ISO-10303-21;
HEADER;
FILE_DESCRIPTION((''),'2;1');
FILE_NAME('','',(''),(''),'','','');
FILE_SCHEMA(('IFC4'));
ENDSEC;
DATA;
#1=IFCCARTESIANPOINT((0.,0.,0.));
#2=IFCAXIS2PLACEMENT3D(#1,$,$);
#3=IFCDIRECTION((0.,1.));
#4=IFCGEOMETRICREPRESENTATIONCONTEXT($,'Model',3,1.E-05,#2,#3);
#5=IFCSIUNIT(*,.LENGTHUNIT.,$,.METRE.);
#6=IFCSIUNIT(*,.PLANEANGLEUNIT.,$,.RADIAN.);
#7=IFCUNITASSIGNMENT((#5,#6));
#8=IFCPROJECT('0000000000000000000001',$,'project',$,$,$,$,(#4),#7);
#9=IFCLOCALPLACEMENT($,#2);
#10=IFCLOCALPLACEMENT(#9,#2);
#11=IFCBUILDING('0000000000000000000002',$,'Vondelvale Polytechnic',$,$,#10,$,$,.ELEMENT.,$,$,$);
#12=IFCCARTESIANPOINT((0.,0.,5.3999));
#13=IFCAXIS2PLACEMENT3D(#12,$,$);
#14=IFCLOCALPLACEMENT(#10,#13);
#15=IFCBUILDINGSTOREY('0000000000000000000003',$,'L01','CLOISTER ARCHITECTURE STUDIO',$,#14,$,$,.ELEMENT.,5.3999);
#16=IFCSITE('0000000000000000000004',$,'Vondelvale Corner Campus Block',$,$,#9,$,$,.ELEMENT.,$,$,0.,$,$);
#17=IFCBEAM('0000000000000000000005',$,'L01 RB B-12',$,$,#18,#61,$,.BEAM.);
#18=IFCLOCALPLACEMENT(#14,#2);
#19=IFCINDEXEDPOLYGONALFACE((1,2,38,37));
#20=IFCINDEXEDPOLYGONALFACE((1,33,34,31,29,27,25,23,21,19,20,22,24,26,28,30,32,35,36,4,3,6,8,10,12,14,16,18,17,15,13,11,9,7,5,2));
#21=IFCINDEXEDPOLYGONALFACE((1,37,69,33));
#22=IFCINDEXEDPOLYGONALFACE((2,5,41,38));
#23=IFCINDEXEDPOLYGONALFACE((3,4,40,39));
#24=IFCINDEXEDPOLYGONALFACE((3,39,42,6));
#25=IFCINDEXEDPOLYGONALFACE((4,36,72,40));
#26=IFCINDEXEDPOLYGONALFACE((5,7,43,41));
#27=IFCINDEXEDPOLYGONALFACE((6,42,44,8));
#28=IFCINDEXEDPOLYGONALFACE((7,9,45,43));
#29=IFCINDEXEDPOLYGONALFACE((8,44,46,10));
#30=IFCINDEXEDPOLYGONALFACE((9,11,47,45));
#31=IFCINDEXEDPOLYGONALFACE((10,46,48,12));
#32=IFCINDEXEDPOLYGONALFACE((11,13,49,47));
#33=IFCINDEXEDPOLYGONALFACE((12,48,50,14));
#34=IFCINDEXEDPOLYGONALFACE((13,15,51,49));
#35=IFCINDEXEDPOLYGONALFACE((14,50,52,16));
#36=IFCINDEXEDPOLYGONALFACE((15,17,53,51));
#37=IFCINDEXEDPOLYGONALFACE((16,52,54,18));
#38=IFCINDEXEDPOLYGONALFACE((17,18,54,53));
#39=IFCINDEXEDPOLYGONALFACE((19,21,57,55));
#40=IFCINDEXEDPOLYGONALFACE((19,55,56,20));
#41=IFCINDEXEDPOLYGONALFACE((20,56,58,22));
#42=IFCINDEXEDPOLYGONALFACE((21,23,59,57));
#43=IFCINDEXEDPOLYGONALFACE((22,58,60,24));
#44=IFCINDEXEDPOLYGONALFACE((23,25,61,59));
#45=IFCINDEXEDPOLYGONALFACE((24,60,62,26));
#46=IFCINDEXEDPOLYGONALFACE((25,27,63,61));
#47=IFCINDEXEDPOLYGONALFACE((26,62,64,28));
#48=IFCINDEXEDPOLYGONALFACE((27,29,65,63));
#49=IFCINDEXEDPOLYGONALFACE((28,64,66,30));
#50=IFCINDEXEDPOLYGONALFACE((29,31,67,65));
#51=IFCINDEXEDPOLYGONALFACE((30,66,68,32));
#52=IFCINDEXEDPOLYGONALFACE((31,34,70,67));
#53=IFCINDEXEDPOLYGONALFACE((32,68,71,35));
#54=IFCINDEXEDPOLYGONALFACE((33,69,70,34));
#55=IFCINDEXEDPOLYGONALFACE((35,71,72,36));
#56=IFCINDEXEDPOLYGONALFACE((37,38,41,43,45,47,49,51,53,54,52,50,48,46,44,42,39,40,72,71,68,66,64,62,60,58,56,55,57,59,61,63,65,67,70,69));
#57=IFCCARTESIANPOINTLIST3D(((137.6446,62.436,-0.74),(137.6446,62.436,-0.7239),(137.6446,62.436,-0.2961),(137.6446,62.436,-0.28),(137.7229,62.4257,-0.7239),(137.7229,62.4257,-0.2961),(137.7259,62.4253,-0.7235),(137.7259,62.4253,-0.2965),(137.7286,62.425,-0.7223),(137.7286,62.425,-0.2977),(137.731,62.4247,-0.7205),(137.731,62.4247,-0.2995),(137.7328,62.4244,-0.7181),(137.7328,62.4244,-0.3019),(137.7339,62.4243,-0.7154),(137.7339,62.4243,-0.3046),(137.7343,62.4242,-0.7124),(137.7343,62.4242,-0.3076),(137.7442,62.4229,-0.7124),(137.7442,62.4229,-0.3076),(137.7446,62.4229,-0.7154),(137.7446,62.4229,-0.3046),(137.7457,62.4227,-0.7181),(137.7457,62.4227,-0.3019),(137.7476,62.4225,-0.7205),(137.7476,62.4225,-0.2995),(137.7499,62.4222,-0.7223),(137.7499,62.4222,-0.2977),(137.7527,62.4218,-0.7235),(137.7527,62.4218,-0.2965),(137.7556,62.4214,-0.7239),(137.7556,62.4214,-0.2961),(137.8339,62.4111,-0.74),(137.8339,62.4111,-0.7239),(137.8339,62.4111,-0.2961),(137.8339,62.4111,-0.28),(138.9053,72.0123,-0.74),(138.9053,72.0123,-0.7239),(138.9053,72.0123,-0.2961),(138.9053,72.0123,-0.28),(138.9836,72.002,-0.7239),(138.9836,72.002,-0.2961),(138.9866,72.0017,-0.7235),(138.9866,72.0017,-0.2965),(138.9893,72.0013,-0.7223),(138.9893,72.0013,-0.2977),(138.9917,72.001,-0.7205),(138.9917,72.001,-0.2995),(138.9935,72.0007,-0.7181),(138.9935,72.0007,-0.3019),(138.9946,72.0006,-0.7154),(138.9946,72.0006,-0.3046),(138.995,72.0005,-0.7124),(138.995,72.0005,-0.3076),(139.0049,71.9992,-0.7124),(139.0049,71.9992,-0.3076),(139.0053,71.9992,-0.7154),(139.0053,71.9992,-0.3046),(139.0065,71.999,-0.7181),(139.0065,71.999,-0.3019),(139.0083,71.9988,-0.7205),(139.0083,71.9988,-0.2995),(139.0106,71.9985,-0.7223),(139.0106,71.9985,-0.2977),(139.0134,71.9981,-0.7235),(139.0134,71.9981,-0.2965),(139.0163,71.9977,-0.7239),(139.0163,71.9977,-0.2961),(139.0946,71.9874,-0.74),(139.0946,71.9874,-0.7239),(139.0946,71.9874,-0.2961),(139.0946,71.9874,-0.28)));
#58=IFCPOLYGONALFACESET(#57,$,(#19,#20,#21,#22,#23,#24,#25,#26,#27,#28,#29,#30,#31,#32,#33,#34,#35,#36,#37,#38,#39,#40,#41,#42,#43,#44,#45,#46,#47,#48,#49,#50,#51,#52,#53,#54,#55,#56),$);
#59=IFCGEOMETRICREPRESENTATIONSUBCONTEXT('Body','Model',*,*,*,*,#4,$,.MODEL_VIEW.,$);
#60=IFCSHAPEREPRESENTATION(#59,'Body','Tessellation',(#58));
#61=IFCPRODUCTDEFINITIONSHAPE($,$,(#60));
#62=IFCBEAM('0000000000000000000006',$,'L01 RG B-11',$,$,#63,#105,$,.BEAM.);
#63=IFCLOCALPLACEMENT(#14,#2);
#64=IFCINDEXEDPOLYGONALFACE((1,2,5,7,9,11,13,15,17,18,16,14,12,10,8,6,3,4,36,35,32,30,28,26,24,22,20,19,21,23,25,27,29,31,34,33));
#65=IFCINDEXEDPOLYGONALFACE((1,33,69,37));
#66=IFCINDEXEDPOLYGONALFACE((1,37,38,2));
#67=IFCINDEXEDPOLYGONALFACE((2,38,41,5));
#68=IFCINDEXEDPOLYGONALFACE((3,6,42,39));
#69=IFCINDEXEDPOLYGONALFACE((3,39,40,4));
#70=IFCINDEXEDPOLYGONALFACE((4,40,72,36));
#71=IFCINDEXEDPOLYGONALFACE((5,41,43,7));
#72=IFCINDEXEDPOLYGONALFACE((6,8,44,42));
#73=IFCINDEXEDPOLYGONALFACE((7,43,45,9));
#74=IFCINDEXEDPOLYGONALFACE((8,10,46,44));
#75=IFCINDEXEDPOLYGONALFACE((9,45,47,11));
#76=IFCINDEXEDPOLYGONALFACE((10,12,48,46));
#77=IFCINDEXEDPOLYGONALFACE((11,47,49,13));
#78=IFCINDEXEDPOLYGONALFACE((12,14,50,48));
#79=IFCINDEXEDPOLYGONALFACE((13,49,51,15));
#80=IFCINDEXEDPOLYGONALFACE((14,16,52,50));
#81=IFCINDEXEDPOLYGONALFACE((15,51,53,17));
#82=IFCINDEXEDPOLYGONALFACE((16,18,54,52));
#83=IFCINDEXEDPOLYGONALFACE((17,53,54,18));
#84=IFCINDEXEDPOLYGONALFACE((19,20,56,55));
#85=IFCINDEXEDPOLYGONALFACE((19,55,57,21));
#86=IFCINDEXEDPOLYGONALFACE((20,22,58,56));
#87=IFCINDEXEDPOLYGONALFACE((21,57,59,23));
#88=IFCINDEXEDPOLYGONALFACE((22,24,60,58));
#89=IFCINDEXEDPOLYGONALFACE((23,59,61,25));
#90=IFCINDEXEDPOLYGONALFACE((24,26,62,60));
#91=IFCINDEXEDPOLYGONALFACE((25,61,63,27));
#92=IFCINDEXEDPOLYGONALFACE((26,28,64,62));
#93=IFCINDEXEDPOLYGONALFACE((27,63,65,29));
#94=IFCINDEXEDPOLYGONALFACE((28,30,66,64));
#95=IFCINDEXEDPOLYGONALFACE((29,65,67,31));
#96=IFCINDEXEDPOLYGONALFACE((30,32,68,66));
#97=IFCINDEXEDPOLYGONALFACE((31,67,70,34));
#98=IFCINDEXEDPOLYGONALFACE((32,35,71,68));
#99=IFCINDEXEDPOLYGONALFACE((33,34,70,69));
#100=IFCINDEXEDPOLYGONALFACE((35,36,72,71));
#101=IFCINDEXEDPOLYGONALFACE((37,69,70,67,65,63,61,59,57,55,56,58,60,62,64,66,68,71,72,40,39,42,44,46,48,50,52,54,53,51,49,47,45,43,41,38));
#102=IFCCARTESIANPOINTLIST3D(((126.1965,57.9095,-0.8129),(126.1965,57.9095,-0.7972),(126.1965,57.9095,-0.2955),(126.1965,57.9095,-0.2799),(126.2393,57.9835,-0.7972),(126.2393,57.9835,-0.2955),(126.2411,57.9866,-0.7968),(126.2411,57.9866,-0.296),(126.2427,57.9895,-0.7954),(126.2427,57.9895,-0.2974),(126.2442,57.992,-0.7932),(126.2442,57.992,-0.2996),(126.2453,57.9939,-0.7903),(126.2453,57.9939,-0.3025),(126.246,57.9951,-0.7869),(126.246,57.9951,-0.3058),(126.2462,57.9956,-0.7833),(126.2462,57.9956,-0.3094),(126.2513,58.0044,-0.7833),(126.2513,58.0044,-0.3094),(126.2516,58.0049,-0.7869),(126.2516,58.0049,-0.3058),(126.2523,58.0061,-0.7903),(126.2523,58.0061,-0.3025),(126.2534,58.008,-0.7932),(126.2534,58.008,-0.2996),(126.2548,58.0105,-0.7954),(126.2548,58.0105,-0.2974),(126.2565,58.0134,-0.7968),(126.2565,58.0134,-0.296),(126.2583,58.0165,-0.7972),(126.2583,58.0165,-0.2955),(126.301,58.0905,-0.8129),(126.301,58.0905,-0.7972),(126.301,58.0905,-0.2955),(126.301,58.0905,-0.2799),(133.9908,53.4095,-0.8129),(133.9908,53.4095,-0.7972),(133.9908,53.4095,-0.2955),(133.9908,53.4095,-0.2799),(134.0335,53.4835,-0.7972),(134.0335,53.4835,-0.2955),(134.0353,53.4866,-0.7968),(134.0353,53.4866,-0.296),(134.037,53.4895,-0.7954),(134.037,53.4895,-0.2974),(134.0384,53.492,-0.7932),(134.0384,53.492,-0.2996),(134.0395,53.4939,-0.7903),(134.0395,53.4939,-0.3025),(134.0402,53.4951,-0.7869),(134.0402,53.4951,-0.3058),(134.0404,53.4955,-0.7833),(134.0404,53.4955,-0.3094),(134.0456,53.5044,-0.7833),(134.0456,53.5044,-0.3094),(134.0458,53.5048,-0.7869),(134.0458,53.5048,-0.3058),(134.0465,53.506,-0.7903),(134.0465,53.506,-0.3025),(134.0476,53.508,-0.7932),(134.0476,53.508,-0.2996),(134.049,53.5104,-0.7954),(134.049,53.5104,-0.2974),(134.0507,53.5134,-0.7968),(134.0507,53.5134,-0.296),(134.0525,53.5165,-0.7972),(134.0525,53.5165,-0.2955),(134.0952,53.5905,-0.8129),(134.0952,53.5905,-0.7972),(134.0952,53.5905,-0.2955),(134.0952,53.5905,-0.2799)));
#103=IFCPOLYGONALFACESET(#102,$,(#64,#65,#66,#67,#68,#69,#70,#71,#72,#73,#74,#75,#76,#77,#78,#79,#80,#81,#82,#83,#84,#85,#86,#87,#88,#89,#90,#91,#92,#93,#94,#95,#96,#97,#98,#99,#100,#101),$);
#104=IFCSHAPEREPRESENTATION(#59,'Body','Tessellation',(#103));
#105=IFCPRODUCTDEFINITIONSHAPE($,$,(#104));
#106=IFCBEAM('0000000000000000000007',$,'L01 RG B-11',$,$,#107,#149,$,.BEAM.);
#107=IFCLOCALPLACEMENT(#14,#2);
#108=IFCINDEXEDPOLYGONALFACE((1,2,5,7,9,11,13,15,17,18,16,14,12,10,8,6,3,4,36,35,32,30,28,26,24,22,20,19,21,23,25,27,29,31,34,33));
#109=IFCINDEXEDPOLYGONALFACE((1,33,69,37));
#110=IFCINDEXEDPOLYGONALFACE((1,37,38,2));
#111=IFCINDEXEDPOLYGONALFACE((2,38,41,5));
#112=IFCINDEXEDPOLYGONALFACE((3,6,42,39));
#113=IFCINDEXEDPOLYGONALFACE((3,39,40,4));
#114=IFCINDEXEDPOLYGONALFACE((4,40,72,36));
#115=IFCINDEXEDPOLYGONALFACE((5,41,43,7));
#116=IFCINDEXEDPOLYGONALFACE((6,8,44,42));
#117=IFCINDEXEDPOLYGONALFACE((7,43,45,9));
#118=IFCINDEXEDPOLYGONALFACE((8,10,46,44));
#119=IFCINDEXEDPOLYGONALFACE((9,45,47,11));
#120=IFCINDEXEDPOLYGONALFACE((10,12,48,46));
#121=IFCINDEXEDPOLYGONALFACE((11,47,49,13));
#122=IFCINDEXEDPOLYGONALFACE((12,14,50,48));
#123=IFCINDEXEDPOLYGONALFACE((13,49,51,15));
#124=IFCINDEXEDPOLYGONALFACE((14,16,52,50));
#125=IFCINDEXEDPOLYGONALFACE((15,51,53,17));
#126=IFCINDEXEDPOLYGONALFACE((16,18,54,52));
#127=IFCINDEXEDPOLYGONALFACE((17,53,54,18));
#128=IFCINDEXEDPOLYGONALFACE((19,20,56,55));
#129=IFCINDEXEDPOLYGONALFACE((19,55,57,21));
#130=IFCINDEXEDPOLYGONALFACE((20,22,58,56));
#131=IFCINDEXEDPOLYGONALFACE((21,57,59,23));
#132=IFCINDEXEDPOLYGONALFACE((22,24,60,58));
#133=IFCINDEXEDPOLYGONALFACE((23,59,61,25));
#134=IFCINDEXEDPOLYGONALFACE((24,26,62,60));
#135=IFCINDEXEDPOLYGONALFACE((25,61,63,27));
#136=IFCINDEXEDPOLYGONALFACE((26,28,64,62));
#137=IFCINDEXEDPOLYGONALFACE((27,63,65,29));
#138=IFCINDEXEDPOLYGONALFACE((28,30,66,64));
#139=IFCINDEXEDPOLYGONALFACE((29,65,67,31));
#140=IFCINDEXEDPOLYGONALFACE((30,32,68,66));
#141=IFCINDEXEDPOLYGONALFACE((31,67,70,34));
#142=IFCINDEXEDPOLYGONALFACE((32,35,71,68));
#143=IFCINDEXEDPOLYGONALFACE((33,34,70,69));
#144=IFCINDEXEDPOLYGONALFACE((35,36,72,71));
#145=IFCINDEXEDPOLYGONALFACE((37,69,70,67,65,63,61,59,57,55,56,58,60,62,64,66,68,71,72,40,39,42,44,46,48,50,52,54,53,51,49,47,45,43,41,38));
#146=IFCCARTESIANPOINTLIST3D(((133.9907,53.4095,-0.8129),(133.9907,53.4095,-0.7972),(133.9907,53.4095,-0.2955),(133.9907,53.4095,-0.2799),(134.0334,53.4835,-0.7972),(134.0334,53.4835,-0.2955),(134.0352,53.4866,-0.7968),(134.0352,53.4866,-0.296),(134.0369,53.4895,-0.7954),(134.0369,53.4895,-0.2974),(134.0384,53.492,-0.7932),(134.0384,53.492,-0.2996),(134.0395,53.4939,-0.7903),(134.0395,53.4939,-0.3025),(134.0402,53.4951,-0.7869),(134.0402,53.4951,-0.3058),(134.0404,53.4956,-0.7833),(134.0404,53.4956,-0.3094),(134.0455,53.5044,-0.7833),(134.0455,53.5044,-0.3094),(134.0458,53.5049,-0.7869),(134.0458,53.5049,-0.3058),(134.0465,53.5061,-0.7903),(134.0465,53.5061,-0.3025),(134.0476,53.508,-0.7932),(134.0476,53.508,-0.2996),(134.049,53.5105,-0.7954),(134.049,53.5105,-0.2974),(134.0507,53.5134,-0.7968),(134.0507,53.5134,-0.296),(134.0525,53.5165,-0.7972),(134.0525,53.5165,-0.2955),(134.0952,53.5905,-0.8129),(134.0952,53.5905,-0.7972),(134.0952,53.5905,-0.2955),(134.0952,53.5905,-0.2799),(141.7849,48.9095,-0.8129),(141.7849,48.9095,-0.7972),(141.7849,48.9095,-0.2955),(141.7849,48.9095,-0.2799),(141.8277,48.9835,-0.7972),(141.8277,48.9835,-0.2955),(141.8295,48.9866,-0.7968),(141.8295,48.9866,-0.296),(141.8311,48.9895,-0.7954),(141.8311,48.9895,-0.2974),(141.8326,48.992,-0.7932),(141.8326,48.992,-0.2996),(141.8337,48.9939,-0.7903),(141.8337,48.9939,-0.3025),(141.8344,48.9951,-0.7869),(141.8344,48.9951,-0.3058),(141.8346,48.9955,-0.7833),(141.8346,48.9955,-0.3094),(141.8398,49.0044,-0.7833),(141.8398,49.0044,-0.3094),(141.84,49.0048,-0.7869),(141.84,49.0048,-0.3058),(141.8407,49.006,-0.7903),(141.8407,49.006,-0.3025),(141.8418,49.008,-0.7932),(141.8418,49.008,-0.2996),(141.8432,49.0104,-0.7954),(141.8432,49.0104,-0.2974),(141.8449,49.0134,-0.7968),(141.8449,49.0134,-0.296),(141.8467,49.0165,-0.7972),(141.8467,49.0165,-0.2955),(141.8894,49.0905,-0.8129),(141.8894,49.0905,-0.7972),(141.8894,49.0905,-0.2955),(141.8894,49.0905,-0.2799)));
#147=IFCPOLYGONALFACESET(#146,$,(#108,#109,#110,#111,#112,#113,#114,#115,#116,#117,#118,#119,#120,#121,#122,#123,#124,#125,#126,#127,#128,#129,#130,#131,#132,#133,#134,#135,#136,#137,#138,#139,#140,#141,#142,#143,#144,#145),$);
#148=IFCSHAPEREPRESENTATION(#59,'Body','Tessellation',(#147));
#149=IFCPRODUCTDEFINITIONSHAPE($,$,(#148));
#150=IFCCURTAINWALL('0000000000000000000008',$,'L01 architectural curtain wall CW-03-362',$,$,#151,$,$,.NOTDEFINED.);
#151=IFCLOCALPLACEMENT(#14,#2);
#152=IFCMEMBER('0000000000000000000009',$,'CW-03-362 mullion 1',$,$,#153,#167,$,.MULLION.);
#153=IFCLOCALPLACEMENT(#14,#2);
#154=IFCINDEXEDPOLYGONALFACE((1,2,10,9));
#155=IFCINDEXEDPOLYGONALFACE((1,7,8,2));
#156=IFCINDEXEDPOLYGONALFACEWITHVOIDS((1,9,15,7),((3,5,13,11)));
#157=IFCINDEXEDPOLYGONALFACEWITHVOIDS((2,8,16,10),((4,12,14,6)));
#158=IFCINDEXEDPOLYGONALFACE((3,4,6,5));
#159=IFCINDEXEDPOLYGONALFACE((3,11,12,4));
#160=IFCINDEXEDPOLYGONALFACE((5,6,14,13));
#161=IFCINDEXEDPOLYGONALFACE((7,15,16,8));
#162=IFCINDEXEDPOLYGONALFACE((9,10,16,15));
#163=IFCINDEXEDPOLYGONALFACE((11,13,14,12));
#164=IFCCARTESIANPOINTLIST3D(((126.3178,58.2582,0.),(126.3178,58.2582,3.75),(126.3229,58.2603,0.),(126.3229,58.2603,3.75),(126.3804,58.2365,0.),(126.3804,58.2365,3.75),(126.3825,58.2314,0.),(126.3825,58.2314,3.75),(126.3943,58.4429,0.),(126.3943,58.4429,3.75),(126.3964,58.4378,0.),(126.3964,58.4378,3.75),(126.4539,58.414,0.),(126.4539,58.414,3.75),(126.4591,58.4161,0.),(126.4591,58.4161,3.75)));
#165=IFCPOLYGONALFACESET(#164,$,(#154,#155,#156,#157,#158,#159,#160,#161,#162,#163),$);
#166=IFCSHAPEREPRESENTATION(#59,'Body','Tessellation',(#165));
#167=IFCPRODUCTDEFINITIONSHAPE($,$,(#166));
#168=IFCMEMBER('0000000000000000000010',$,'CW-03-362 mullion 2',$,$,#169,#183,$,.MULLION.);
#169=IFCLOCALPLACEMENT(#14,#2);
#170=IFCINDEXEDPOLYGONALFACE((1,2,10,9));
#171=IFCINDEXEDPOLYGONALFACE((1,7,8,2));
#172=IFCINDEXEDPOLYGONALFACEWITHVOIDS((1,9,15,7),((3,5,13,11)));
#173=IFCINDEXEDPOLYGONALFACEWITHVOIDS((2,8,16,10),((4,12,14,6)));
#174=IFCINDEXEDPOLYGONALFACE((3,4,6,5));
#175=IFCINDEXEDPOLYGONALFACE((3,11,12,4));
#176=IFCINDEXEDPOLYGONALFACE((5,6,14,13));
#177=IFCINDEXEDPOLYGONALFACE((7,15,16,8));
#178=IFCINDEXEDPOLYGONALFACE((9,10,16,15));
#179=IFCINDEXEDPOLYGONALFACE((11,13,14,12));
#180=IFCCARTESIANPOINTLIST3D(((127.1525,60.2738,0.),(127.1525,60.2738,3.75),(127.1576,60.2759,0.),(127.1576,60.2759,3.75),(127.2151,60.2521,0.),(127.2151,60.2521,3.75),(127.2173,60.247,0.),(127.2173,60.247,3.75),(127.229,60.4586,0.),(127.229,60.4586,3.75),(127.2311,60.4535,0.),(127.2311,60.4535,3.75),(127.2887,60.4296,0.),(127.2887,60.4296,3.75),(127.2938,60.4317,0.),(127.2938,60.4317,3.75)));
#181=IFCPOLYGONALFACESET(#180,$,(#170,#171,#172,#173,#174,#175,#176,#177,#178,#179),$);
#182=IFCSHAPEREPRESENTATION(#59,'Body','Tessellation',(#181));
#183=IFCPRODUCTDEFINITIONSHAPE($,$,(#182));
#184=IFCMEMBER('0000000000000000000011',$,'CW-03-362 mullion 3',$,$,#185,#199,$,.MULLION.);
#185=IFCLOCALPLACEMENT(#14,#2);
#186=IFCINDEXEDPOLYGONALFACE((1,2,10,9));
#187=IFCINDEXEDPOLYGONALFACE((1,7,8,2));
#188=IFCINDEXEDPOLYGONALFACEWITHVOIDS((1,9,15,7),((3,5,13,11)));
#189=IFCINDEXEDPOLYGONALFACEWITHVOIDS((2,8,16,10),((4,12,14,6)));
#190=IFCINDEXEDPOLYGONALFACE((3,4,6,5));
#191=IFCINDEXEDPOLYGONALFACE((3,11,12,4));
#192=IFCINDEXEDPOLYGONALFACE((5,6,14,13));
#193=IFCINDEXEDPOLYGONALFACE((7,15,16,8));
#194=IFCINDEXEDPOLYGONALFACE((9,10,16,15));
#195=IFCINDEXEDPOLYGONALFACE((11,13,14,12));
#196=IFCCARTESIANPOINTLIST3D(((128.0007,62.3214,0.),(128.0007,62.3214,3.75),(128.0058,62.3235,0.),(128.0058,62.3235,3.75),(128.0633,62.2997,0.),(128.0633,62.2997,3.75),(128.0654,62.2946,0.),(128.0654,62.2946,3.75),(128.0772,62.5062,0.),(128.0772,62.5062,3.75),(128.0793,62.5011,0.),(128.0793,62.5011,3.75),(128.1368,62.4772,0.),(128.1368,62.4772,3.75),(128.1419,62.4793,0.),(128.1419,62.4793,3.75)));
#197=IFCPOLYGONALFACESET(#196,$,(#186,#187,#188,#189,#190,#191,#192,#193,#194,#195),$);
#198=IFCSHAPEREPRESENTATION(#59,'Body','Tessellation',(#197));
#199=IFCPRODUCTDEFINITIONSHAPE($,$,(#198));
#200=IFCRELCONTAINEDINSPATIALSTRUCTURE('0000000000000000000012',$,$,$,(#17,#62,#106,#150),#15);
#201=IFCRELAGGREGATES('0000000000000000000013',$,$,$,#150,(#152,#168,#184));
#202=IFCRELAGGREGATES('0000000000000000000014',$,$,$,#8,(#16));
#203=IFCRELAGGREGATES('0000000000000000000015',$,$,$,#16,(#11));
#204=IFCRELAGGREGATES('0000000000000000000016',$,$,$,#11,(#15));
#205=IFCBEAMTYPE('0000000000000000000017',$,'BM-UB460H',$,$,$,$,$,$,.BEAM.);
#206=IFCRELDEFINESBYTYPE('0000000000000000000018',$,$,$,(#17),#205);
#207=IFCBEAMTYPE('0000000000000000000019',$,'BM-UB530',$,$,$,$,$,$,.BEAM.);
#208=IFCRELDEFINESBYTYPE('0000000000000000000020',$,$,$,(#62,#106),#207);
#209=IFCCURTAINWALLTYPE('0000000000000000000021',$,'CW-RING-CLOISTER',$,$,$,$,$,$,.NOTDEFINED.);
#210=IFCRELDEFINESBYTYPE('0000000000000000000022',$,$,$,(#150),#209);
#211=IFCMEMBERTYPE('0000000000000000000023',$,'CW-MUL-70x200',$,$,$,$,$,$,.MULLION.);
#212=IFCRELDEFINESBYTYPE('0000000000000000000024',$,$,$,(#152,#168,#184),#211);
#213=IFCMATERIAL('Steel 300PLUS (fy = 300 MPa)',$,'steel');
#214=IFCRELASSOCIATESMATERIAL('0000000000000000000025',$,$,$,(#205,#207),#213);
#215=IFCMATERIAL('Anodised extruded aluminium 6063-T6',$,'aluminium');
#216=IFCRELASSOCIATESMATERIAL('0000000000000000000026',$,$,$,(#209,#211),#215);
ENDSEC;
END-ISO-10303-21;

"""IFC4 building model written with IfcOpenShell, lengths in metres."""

from ifc_helpers import new_model, si_unit, direction, frame, origin, origin_2d, place, context, subcontext, project, spatial, hollow_rectangle, i_section, extrude, material, material_profile, profile_set, type_object, element, aggregate, save


model = new_model("IFC4")

# Units and contexts
model_context = context("Model", 3, precision=1e-05, world=origin(), true_north=direction((0.0, 1.0)))
body_context = subcontext(model_context, "Body", "Model", "MODEL_VIEW")
ifc_project = project(units=[si_unit("LENGTHUNIT", "METRE"), si_unit("PLANEANGLEUNIT", "RADIAN")], contexts=[model_context])

# Site, building, storey
site_placement = place(None, origin())
site = spatial("IfcSite", under=ifc_project, at=site_placement, Name="Vondelvale Corner Campus Block", CompositionType="ELEMENT", RefElevation=0.0)
building_placement = place(site_placement, origin())
building = spatial("IfcBuilding", under=site, at=building_placement, Name="Vondelvale Polytechnic", CompositionType="ELEMENT")
storey_placement = place(building_placement, frame((0.0, 0.0, 5.3999)))
storey = spatial("IfcBuildingStorey", under=building, at=storey_placement, Name="L01", Description="CLOISTER ARCHITECTURE STUDIO", CompositionType="ELEMENT", Elevation=5.3999)

# Shared definitions
ifc_material_1 = material(Name="Steel 300PLUS (fy = 300 MPa)", Category="steel")

# Beams
ifc_material_profile_1 = material_profile(ifc_material_1, i_section(OverallWidth=0.1909, OverallDepth=0.46, WebThickness=0.01, FlangeThickness=0.0161, FilletRadius=0.0115, at=origin_2d()), Name="460UB82.1")
ifc_profile_set_1 = profile_set([ifc_material_profile_1], Name="Steel 300PLUS (fy = 300 MPa)")
beam_type_1 = type_object("IfcBeamType", Name="BM-UB460H", PredefinedType="BEAM", material=ifc_profile_set_1)
for number, where, z_axis, x_axis, name in (
    (1, (137.7393, 62.4236, -0.51), (0.130524, 0.991445, 0.0), (-0.991445, 0.130524, 0.0), "L01 RB B-12"),
):
    element("IfcBeam", number, at=place(storey_placement, frame(where, z_axis=z_axis, x_axis=x_axis)), inside=storey, type_object=beam_type_1, Name=name, PredefinedType="BEAM", context=body_context, shape_type="SweptSolid", body=[
        extrude(i_section(OverallWidth=0.1909, OverallDepth=0.46, WebThickness=0.01, FlangeThickness=0.0161, FilletRadius=0.0115, at=origin_2d()), origin(), (0.0, 0.0, 1.0), 9.6589),
    ])
ifc_material_profile_2 = material_profile(ifc_material_1, i_section(OverallWidth=0.209, OverallDepth=0.533, WebThickness=0.0103, FlangeThickness=0.0156, FilletRadius=0.0139, at=origin_2d()), Name="530UB92.4")
ifc_profile_set_2 = profile_set([ifc_material_profile_2], Name="Steel 300PLUS (fy = 300 MPa)")
beam_type_2 = type_object("IfcBeamType", Name="BM-UB530", PredefinedType="BEAM", material=ifc_profile_set_2)
for number, where, z_axis, x_axis, name in (
    (2, (126.2488, 58.0, -0.5464), (0.866024, -0.500002, 0.0), (0.500002, 0.866024, 0.0), "L01 RG B-11"),
    (3, (134.043, 53.5, -0.5464), (0.866024, -0.500002, 0.0), (0.500002, 0.866024, 0.0), "L01 RG B-11"),
):
    element("IfcBeam", number, at=place(storey_placement, frame(where, z_axis=z_axis, x_axis=x_axis)), inside=storey, type_object=beam_type_2, Name=name, PredefinedType="BEAM", context=body_context, shape_type="SweptSolid", body=[
        extrude(i_section(OverallWidth=0.209, OverallDepth=0.533, WebThickness=0.0103, FlangeThickness=0.0156, FilletRadius=0.0139, at=origin_2d()), origin(), (0.0, 0.0, 1.0), 9.0),
    ])

# Curtain wall, members
ifc_material_2 = material(Name="Anodised extruded aluminium 6063-T6", Category="aluminium")
curtain_wall_type = type_object("IfcCurtainWallType", Name="CW-RING-CLOISTER", PredefinedType="NOTDEFINED", material=ifc_material_2)
curtain_wall_placement = place(storey_placement, origin())
curtain_wall = element("IfcCurtainWall", 4, at=curtain_wall_placement, inside=storey, type_object=curtain_wall_type, Name="L01 architectural curtain wall CW-03-362", PredefinedType="NOTDEFINED")
ifc_material_profile_3 = material_profile(ifc_material_2, hollow_rectangle(XDim=0.0701, YDim=0.2, WallThickness=0.0039, at=origin_2d()), Name="CW-MUL-200x70")
ifc_profile_set_3 = profile_set([ifc_material_profile_3], Name="Anodised extruded aluminium 6063-T6")
member_type_1 = type_object("IfcMemberType", Name="CW-MUL-70x200", PredefinedType="MULLION", material=ifc_profile_set_3)
member_1_placement = place(storey_placement, frame((126.3884, 58.3372, 0.0), z_axis=(0.0, 0.0, 1.0), x_axis=(-0.923882, 0.382679, 0.0)))
member_1 = element("IfcMember", 5, at=member_1_placement, type_object=member_type_1, Name="CW-03-362 mullion 1", PredefinedType="MULLION", context=body_context, shape_type="SweptSolid", body=[
    extrude(hollow_rectangle(XDim=0.0701, YDim=0.2, WallThickness=0.0039, at=origin_2d()), origin(), (0.0, 0.0, 1.0), 3.75),
])
member_2_placement = place(storey_placement, frame((127.2231, 60.3528, 0.0), z_axis=(0.0, 0.0, 1.0), x_axis=(-0.923882, 0.382679, 0.0)))
member_2 = element("IfcMember", 6, at=member_2_placement, type_object=member_type_1, Name="CW-03-362 mullion 2", PredefinedType="MULLION", context=body_context, shape_type="SweptSolid", body=[
    extrude(hollow_rectangle(XDim=0.0701, YDim=0.2, WallThickness=0.0039, at=origin_2d()), origin(), (0.0, 0.0, 1.0), 3.75),
])
member_3_placement = place(storey_placement, frame((128.0713, 62.4004, 0.0), z_axis=(0.0, 0.0, 1.0), x_axis=(-0.923882, 0.382679, 0.0)))
member_3 = element("IfcMember", 7, at=member_3_placement, type_object=member_type_1, Name="CW-03-362 mullion 3", PredefinedType="MULLION", context=body_context, shape_type="SweptSolid", body=[
    extrude(hollow_rectangle(XDim=0.0701, YDim=0.2, WallThickness=0.0039, at=origin_2d()), origin(), (0.0, 0.0, 1.0), 3.75),
])

aggregate(curtain_wall, [member_1, member_2, member_3])

save(model, "model.ifc")
